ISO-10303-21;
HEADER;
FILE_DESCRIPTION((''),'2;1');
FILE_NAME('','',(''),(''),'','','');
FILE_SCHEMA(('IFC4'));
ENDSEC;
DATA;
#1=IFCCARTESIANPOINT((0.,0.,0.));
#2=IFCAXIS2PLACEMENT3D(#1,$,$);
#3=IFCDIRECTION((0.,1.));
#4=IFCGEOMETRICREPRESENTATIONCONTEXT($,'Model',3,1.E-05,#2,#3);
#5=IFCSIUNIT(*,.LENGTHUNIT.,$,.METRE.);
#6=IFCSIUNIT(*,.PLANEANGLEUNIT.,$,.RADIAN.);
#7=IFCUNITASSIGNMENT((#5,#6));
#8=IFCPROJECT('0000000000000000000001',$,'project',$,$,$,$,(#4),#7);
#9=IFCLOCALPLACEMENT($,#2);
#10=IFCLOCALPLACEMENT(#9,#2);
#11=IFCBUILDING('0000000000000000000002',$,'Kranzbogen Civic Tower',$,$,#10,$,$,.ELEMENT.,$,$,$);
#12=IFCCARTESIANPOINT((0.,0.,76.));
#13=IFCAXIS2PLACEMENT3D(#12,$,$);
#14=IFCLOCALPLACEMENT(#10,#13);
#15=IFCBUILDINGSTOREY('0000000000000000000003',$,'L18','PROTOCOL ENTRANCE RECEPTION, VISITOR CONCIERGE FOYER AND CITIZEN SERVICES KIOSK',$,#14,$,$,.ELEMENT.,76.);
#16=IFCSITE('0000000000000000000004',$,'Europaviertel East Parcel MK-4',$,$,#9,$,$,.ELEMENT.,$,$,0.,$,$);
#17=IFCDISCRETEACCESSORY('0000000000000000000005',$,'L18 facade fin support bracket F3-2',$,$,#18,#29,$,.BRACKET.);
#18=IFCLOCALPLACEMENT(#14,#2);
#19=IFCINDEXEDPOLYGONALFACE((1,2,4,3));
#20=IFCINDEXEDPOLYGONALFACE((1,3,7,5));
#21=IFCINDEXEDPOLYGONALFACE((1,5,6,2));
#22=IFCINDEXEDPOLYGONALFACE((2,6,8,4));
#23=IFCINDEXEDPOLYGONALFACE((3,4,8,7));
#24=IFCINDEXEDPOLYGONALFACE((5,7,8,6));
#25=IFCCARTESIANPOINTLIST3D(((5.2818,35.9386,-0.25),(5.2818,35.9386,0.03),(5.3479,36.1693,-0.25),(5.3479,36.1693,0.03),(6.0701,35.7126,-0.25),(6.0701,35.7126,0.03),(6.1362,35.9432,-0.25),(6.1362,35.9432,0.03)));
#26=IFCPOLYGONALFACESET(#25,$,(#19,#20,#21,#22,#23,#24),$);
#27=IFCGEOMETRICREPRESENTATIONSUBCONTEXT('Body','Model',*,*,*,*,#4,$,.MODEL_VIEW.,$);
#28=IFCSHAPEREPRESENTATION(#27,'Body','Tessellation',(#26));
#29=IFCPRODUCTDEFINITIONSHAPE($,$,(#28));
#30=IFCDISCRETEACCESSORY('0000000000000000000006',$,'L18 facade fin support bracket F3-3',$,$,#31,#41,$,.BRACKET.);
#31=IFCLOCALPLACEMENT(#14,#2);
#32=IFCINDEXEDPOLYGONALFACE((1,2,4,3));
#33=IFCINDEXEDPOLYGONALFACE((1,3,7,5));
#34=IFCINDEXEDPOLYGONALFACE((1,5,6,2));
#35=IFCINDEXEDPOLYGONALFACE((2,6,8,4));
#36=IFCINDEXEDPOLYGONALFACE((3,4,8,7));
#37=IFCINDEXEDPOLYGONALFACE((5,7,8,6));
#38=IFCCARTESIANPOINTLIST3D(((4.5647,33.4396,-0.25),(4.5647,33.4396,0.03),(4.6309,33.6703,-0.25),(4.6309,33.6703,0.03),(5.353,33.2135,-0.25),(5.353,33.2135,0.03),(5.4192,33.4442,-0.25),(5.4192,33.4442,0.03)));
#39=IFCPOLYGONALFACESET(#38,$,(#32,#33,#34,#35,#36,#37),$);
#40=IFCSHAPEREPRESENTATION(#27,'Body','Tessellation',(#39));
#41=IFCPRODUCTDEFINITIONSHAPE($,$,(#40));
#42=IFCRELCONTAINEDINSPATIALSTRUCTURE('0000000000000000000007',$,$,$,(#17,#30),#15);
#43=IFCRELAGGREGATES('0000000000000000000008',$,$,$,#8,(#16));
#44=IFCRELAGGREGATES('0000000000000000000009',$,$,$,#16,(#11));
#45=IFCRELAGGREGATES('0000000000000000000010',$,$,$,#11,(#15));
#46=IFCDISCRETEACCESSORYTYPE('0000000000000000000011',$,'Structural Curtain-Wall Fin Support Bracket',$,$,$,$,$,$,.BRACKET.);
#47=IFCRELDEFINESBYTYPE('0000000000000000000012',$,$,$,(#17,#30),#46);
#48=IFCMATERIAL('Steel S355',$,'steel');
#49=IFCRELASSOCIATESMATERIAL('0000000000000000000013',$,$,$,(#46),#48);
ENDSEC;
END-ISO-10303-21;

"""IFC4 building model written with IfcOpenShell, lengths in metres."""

from ifc_helpers import new_model, si_unit, direction, frame, origin, origin_2d, place, context, subcontext, project, spatial, rectangle, extrude, material, type_object, element, save


model = new_model("IFC4")

# Units and contexts
model_context = context("Model", 3, precision=1e-05, world=origin(), true_north=direction((0.0, 1.0)))
body_context = subcontext(model_context, "Body", "Model", "MODEL_VIEW")
ifc_project = project(units=[si_unit("LENGTHUNIT", "METRE"), si_unit("PLANEANGLEUNIT", "RADIAN")], contexts=[model_context])

# Site, building, storey
site_placement = place(None, origin())
site = spatial("IfcSite", under=ifc_project, at=site_placement, Name="Europaviertel East Parcel MK-4", CompositionType="ELEMENT", RefElevation=0.0)
building_placement = place(site_placement, origin())
building = spatial("IfcBuilding", under=site, at=building_placement, Name="Kranzbogen Civic Tower", CompositionType="ELEMENT")
storey_placement = place(building_placement, frame((0.0, 0.0, 76.0)))
storey = spatial("IfcBuildingStorey", under=building, at=storey_placement, Name="L18", Description="PROTOCOL ENTRANCE RECEPTION, VISITOR CONCIERGE FOYER AND CITIZEN SERVICES KIOSK", CompositionType="ELEMENT", Elevation=76.0)

# Discrete accessories
ifc_material_1 = material(Name="Steel S355", Category="steel")
discrete_accessory_type = type_object("IfcDiscreteAccessoryType", Name="Structural Curtain-Wall Fin Support Bracket", PredefinedType="BRACKET", material=ifc_material_1)
for number, where, z_axis, x_axis, name in (
    (1, (5.709, 35.9409, -0.25), (0.0, 0.0, 1.0), (-0.961262, 0.275637, 0.0), "L18 facade fin support bracket F3-2"),
    (2, (4.9919, 33.4419, -0.25), (0.0, 0.0, 1.0), (-0.961262, 0.275637, 0.0), "L18 facade fin support bracket F3-3"),
):
    element("IfcDiscreteAccessory", number, at=place(storey_placement, frame(where, z_axis=z_axis, x_axis=x_axis)), inside=storey, type_object=discrete_accessory_type, Name=name, PredefinedType="BRACKET", context=body_context, shape_type="SweptSolid", body=[
        extrude(rectangle(XDim=0.8201, YDim=0.24, at=origin_2d()), origin(), (0.0, 0.0, 1.0), 0.28),
    ])

save(model, "model.ifc")
